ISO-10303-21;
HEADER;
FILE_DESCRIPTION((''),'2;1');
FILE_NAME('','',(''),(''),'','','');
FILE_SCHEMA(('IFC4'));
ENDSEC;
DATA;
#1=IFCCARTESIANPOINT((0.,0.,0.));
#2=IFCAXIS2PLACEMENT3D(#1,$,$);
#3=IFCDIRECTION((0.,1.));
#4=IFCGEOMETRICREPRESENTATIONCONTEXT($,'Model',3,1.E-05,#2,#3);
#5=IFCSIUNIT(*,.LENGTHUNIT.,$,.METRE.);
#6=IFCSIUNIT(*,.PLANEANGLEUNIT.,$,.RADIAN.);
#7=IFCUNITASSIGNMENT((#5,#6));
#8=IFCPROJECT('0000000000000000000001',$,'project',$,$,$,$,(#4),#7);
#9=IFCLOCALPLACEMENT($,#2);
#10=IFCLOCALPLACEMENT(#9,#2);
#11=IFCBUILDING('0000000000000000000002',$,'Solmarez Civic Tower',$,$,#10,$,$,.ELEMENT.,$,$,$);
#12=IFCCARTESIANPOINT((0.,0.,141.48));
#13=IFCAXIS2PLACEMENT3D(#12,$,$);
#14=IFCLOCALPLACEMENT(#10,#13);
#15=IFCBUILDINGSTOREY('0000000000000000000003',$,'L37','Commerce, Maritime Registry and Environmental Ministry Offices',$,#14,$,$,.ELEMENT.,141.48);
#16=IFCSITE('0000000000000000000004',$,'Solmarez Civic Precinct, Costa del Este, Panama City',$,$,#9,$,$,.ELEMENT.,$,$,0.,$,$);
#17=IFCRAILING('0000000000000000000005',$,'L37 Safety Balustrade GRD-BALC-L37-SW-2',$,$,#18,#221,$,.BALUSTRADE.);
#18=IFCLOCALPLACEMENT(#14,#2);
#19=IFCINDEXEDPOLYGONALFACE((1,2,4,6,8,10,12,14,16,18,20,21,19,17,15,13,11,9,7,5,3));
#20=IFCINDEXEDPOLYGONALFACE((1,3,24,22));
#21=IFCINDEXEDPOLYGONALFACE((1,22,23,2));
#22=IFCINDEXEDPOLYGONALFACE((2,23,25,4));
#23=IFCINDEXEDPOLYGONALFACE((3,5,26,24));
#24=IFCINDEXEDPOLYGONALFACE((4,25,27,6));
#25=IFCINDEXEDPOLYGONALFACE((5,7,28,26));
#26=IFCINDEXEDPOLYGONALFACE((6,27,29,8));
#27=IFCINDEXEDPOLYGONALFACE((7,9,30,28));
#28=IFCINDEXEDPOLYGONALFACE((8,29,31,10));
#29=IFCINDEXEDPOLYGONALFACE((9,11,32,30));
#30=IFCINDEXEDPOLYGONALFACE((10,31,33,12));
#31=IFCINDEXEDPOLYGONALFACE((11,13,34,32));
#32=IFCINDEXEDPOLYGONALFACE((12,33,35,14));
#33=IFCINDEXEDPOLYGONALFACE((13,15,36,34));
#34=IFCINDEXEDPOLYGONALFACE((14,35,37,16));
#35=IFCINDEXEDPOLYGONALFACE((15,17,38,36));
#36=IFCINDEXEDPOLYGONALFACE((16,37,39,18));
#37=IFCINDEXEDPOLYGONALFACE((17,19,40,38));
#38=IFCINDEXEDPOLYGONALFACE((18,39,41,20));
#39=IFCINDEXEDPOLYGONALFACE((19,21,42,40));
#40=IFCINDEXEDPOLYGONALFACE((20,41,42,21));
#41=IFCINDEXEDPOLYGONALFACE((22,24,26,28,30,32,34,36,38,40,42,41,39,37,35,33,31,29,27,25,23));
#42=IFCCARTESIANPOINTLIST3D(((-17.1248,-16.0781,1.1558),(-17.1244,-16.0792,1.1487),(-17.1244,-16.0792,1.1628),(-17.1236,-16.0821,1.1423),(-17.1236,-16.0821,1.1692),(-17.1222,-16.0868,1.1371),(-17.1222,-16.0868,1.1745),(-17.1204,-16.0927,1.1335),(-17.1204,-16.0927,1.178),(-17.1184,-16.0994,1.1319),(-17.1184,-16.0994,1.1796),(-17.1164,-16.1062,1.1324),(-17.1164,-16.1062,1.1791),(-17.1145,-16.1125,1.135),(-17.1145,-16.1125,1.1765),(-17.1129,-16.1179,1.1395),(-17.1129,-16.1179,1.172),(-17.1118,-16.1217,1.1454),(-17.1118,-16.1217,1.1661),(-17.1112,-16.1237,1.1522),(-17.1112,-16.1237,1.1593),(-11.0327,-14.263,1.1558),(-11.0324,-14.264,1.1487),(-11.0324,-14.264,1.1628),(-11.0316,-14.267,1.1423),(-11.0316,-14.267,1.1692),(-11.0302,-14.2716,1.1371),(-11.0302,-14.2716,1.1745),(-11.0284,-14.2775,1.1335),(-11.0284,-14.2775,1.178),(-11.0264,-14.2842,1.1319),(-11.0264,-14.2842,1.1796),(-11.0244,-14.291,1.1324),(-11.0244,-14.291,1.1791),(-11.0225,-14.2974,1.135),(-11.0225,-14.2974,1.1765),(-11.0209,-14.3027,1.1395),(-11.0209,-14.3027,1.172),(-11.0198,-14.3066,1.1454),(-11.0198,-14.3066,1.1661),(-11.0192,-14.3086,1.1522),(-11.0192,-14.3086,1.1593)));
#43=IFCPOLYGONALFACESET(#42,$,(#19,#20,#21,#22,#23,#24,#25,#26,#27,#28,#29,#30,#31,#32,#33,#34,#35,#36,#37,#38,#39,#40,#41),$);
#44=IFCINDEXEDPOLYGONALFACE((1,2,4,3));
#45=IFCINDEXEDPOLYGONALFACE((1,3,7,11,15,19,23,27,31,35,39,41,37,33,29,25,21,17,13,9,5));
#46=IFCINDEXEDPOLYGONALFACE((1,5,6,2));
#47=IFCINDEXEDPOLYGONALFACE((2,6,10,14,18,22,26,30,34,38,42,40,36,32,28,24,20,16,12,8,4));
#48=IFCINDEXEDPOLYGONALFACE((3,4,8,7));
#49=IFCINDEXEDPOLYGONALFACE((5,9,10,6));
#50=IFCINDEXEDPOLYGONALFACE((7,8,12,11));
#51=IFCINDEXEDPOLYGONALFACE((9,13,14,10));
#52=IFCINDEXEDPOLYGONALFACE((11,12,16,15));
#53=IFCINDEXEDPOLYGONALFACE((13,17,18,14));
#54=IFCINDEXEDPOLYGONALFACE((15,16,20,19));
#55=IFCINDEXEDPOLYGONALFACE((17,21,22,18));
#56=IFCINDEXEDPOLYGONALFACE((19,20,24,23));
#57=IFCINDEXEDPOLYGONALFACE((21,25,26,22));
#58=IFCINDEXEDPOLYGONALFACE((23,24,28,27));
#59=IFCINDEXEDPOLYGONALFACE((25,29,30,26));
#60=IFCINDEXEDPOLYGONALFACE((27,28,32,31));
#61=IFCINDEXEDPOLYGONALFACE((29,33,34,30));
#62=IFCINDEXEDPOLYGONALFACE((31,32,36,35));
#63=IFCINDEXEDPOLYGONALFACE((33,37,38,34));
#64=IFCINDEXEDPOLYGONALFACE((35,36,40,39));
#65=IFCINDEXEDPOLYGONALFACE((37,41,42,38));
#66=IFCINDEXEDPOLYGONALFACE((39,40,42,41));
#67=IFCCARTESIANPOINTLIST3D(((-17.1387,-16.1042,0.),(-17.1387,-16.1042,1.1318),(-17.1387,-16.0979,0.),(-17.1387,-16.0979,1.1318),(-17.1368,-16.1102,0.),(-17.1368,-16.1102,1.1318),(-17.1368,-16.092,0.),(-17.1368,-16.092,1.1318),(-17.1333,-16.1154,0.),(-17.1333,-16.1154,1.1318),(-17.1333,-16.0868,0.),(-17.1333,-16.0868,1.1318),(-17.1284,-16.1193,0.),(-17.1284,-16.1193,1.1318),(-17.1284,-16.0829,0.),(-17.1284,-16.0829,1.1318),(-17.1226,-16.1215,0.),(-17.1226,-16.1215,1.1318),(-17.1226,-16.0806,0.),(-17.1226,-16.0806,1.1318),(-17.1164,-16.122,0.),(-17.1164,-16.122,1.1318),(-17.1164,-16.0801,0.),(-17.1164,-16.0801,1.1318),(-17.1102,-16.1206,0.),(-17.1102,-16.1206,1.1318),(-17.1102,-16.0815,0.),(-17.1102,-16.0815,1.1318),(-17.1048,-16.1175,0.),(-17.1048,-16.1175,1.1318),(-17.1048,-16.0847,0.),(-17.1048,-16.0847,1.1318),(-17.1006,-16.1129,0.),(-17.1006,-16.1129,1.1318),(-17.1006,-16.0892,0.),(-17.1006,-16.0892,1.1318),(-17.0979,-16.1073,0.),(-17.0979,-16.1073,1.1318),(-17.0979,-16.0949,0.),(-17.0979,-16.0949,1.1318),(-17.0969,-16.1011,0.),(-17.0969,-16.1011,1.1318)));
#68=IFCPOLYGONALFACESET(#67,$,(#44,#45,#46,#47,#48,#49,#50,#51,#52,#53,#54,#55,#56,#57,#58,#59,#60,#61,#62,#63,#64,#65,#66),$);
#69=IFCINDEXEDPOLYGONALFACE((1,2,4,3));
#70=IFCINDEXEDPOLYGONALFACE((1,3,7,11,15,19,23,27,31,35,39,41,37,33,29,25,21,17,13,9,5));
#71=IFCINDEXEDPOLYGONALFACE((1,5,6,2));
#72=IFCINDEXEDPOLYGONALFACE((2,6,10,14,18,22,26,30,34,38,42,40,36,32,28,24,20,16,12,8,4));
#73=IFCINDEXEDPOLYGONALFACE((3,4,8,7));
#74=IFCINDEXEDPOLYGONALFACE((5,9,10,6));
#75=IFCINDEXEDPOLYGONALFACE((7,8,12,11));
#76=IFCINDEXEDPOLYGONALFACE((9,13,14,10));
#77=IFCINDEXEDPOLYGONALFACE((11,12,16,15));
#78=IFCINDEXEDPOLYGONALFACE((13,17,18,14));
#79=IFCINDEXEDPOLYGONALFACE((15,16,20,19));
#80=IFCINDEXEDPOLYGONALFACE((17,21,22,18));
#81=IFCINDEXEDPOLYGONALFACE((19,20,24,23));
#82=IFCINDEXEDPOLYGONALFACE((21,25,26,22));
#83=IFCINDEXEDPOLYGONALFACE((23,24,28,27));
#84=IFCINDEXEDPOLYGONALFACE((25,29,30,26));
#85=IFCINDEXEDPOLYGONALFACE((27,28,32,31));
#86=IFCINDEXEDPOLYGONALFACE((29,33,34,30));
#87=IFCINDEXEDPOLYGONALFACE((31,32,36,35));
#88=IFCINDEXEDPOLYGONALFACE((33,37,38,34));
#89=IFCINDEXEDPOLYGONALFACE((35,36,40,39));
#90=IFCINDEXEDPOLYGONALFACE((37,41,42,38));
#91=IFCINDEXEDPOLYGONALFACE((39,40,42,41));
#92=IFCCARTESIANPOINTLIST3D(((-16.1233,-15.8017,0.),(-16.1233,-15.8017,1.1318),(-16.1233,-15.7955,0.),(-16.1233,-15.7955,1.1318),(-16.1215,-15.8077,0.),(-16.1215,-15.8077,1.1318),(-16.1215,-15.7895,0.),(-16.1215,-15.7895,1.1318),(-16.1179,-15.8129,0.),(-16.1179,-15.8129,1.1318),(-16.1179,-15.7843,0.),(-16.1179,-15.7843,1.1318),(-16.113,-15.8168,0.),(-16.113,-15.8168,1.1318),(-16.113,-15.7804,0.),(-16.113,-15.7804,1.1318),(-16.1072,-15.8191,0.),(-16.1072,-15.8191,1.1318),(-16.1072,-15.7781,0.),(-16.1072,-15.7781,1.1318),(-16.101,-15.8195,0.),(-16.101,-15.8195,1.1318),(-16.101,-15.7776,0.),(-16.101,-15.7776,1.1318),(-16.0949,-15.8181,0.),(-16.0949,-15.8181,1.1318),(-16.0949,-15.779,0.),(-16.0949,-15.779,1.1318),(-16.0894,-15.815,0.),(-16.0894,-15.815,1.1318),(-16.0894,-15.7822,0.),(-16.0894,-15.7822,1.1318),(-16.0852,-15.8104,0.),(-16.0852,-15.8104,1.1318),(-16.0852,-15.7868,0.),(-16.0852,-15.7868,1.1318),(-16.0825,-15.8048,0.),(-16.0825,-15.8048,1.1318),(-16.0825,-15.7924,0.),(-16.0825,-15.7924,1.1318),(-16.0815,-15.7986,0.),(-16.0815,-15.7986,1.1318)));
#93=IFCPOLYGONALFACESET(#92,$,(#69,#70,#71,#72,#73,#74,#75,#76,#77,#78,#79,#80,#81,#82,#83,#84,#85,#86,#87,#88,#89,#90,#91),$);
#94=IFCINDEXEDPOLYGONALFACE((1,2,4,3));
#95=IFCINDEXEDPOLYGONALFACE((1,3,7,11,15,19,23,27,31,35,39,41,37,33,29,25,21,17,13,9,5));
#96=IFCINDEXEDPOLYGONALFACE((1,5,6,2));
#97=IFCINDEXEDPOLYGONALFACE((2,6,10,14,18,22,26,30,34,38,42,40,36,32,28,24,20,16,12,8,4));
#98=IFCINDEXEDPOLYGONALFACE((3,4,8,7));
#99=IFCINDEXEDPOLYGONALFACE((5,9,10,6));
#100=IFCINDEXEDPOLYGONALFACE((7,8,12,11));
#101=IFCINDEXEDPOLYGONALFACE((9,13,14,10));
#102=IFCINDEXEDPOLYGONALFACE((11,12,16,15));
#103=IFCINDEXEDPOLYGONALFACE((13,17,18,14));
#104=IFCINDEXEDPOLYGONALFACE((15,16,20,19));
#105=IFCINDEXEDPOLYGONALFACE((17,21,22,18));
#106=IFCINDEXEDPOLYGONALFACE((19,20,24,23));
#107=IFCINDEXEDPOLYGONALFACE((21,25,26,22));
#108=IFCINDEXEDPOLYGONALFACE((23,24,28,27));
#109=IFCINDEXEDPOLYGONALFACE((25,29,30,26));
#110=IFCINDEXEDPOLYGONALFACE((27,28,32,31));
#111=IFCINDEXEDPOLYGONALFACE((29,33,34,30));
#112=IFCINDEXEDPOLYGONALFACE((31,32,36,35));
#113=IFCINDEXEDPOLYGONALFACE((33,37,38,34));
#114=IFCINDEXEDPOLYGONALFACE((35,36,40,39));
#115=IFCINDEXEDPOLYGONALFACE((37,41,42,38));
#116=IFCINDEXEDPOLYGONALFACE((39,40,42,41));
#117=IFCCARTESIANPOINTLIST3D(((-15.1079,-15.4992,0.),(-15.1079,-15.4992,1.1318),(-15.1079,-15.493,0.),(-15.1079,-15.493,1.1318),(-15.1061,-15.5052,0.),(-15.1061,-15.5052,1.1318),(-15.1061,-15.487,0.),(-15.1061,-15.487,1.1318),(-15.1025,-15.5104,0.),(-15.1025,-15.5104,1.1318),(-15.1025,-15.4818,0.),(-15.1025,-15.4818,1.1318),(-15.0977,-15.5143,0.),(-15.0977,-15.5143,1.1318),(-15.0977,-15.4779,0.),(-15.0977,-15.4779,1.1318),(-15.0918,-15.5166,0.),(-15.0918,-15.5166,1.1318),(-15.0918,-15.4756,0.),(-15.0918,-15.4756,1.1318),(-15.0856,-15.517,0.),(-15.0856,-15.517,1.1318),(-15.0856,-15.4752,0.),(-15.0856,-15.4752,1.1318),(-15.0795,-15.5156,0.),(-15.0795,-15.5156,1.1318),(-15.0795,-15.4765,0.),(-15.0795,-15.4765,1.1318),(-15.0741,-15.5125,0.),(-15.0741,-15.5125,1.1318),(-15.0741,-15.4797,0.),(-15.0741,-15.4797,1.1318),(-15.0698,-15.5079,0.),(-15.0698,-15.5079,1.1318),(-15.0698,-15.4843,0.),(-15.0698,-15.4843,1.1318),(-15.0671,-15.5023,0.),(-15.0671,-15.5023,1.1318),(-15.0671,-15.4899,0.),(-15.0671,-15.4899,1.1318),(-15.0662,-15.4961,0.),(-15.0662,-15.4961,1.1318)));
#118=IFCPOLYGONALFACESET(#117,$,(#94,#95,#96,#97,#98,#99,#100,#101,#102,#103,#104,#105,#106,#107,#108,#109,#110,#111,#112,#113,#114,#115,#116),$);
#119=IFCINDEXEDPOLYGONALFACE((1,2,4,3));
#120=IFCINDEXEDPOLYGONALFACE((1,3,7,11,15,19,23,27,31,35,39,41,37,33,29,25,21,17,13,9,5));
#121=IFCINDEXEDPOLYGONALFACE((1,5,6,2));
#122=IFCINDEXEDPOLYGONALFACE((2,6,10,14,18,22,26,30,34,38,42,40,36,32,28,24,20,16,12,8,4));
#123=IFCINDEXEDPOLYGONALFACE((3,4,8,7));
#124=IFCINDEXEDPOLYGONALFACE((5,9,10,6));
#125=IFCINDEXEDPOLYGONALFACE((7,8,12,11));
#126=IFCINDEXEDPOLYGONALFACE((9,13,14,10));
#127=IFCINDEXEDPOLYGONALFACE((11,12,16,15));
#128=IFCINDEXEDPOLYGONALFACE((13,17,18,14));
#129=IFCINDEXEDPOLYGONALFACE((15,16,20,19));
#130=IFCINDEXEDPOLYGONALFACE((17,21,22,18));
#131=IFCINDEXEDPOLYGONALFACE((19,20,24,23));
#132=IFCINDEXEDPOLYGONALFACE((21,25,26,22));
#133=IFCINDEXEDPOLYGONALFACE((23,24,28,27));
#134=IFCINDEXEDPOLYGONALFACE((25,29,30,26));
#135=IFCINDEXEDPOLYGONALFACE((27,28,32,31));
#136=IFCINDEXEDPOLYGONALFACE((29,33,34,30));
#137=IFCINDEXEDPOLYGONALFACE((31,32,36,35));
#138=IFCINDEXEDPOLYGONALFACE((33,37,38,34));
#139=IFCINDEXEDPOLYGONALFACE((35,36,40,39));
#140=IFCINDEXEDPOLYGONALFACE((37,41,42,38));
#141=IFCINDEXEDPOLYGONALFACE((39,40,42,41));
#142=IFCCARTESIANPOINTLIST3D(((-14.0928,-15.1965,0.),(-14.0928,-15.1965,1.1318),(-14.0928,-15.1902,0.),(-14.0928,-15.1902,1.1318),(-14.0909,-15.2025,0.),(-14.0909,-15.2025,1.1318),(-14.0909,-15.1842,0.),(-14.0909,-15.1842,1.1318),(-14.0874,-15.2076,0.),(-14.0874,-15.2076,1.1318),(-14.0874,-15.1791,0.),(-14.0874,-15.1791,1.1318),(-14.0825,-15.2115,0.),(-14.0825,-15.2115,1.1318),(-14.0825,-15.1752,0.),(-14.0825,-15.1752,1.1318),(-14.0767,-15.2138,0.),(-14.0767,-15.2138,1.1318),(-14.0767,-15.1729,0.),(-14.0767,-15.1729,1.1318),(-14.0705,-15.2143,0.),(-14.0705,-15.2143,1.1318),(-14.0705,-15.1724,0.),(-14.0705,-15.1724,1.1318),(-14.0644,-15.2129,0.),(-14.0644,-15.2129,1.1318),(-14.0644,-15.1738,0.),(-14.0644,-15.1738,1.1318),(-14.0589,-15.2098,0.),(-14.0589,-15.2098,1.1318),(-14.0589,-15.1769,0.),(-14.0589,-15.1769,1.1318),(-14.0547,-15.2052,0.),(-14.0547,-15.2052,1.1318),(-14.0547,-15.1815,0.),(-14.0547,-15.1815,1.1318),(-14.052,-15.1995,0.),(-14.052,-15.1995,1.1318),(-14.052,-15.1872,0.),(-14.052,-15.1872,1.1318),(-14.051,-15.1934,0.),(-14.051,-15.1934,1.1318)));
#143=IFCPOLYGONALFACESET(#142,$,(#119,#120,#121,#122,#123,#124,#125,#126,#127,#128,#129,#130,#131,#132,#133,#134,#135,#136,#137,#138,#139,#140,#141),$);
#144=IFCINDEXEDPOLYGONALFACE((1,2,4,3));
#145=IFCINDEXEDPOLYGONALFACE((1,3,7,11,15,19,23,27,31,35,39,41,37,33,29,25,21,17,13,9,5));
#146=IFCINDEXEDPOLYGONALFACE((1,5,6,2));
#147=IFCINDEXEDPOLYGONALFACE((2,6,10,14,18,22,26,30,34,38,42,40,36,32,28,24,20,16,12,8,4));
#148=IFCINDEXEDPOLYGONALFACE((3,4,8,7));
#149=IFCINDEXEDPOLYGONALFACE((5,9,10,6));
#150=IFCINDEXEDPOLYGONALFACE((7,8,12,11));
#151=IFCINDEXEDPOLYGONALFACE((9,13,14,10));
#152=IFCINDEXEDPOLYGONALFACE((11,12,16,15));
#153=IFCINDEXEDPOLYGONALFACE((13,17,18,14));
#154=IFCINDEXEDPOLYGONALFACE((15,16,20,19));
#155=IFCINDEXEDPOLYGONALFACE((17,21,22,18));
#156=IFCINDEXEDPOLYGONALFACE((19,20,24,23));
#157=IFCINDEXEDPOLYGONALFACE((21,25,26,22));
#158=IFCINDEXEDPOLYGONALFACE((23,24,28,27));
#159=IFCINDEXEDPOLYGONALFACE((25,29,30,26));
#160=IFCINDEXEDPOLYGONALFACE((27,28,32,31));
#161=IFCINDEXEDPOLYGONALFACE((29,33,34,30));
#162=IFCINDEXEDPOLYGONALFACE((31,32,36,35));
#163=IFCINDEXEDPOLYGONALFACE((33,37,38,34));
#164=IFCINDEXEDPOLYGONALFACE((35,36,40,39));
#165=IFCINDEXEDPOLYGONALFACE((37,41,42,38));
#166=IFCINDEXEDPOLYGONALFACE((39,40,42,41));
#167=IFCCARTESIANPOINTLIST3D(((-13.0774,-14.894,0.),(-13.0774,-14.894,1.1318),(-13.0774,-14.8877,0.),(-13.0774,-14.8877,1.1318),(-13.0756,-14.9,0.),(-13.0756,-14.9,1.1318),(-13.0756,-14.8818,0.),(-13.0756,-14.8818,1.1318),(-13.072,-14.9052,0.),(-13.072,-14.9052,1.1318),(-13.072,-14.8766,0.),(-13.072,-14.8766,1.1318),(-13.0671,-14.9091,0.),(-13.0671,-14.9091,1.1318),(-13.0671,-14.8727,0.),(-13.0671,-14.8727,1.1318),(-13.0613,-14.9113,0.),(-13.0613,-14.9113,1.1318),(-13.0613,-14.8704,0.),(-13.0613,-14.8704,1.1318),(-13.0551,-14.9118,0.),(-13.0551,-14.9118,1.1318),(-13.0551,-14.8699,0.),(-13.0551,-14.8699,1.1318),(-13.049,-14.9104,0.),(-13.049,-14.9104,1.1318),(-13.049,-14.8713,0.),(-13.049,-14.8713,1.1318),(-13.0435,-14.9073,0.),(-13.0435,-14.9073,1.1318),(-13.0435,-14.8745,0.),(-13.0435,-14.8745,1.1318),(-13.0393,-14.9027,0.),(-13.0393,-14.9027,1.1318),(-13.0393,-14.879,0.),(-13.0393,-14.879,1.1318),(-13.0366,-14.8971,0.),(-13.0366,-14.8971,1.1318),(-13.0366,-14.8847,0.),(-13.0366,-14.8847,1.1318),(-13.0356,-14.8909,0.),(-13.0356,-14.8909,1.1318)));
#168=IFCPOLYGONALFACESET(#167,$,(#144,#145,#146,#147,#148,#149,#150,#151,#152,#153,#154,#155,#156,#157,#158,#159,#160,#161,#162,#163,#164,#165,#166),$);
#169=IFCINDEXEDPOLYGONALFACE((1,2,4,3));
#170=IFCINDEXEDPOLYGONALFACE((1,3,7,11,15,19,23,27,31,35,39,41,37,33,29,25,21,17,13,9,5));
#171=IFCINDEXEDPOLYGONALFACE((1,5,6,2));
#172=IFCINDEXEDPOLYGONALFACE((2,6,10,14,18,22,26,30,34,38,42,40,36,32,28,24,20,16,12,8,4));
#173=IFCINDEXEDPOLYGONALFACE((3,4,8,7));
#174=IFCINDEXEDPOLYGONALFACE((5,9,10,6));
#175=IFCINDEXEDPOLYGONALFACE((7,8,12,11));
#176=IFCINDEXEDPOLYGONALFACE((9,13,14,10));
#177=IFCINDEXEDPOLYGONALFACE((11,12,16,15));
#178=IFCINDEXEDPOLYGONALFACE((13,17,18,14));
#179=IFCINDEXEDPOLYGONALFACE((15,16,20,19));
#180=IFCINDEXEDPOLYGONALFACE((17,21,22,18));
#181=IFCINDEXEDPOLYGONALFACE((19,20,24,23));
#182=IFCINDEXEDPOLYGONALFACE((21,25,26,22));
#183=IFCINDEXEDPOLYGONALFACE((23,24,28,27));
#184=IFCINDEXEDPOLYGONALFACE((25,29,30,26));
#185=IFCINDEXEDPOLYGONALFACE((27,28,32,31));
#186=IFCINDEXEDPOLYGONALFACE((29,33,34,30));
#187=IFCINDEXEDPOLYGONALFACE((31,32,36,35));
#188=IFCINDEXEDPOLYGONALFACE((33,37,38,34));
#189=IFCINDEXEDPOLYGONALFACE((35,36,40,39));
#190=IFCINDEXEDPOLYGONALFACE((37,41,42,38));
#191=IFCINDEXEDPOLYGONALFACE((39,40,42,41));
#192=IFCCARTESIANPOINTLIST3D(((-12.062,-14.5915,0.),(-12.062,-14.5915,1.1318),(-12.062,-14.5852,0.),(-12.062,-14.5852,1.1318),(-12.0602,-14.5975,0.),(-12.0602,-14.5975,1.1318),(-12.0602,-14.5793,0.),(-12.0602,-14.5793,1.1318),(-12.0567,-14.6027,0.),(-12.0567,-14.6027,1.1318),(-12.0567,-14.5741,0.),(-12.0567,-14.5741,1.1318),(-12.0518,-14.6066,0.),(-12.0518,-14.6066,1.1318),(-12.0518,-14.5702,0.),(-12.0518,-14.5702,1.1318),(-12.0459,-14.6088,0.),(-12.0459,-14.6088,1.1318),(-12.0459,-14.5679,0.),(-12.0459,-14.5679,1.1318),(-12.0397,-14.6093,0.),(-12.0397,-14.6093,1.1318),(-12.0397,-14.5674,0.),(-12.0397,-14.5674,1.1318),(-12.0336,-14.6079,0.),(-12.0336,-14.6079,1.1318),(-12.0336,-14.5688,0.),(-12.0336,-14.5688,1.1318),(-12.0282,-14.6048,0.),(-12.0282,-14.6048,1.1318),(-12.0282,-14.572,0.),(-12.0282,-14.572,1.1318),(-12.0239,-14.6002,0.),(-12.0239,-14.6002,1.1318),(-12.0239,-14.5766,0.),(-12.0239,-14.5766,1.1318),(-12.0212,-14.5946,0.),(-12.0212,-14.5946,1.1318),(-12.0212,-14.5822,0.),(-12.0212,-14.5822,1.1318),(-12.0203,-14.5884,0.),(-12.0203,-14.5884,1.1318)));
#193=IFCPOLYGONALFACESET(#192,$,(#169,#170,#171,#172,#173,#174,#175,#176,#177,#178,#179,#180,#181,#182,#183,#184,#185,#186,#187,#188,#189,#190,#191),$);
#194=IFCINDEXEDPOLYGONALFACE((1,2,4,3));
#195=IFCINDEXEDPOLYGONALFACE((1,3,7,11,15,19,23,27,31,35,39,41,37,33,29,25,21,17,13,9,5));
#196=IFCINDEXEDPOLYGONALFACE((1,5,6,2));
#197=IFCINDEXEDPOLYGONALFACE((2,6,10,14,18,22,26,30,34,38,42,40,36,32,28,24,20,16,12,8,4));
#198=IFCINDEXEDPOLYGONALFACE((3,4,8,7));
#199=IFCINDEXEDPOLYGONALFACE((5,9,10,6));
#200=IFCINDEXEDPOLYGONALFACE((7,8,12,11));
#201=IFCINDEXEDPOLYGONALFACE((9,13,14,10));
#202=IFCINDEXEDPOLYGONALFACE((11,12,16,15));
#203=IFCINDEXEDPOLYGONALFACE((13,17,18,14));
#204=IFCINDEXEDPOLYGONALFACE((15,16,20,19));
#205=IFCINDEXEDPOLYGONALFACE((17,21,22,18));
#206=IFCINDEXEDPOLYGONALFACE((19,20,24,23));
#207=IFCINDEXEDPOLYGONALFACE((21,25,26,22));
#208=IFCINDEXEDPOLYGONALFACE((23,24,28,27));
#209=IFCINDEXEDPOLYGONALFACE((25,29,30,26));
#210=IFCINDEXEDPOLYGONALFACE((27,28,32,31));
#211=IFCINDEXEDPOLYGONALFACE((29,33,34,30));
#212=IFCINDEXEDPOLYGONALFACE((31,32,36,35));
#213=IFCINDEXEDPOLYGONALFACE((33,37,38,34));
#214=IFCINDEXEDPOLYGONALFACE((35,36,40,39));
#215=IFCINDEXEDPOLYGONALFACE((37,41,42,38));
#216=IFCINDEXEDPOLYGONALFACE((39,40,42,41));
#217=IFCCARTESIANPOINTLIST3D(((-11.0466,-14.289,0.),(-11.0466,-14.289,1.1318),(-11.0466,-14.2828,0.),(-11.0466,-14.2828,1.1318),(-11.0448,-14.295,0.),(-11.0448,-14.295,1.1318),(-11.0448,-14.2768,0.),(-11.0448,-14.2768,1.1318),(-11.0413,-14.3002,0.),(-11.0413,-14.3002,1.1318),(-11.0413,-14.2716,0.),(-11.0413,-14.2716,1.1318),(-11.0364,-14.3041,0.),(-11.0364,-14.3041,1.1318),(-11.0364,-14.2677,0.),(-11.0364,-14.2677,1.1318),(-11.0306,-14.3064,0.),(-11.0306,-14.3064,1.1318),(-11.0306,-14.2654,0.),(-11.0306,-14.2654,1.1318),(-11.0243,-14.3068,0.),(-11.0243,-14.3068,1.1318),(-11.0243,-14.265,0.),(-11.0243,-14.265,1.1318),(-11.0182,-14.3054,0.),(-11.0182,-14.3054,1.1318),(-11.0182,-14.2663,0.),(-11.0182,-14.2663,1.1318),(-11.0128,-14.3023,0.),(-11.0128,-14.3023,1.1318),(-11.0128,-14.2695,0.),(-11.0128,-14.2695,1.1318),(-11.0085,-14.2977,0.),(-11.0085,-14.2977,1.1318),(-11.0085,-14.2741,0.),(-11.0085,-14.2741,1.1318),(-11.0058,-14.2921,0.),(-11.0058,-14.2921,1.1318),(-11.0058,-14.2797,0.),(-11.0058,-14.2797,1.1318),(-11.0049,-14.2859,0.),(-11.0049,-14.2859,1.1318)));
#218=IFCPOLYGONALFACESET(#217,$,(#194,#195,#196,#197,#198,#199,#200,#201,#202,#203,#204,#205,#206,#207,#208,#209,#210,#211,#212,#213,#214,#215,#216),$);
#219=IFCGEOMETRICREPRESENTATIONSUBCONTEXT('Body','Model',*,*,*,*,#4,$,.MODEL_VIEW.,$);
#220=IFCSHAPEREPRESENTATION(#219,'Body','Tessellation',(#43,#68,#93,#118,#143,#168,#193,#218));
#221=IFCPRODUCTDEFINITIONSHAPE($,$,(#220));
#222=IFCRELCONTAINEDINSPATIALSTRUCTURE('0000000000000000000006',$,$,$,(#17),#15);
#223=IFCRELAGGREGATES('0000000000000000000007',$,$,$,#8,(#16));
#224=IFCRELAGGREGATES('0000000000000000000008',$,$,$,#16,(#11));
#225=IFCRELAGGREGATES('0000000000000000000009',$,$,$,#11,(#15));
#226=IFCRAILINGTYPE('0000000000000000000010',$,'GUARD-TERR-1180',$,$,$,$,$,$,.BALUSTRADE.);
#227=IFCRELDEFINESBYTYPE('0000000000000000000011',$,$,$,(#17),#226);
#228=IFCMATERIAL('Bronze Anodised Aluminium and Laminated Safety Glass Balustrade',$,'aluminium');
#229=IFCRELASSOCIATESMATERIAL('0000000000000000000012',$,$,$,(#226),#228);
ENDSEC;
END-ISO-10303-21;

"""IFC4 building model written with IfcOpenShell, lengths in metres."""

from ifc_helpers import new_model, si_unit, direction, frame, origin, origin_2d, place, context, subcontext, project, spatial, circle, extrude, material, type_object, element, save


model = new_model("IFC4")

# Units and contexts
model_context = context("Model", 3, precision=1e-05, world=origin(), true_north=direction((0.0, 1.0)))
body_context = subcontext(model_context, "Body", "Model", "MODEL_VIEW")
ifc_project = project(units=[si_unit("LENGTHUNIT", "METRE"), si_unit("PLANEANGLEUNIT", "RADIAN")], contexts=[model_context])

# Site, building, storey
site_placement = place(None, origin())
site = spatial("IfcSite", under=ifc_project, at=site_placement, Name="Solmarez Civic Precinct, Costa del Este, Panama City", CompositionType="ELEMENT", RefElevation=0.0)
building_placement = place(site_placement, origin())
building = spatial("IfcBuilding", under=site, at=building_placement, Name="Solmarez Civic Tower", CompositionType="ELEMENT")
storey_placement = place(building_placement, frame((0.0, 0.0, 141.48)))
storey = spatial("IfcBuildingStorey", under=building, at=storey_placement, Name="L37", Description="Commerce, Maritime Registry and Environmental Ministry Offices", CompositionType="ELEMENT", Elevation=141.48)

# Railing
ifc_material_1 = material(Name="Bronze Anodised Aluminium and Laminated Safety Glass Balustrade", Category="aluminium")
railing_type = type_object("IfcRailingType", Name="GUARD-TERR-1180", PredefinedType="BALUSTRADE", material=ifc_material_1)
railing_1_placement = place(storey_placement, frame((-17.1179, -16.1011, 0.0)))
element("IfcRailing", 1, at=railing_1_placement, inside=storey, type_object=railing_type, Name="L37 Safety Balustrade GRD-BALC-L37-SW-2", PredefinedType="BALUSTRADE", context=body_context, shape_type="SweptSolid", body=[
    extrude(circle(Radius=0.0239, at=origin_2d()), frame((0.0, 0.0, 1.1558), z_axis=(0.958363, 0.285554, 0.0), x_axis=(-0.285554, 0.958363, 0.0)), (0.0, 0.0, 1.0), 6.3567),
    extrude(circle(Radius=0.021, at=origin_2d()), origin(), (0.0, 0.0, 1.0), 1.1318),
    extrude(circle(Radius=0.021, at=origin_2d()), frame((1.0154, 0.3025, 0.0)), (0.0, 0.0, 1.0), 1.1318),
    extrude(circle(Radius=0.021, at=origin_2d()), frame((2.0308, 0.605, 0.0)), (0.0, 0.0, 1.0), 1.1318),
    extrude(circle(Radius=0.021, at=origin_2d()), frame((3.0459, 0.9077, 0.0)), (0.0, 0.0, 1.0), 1.1318),
    extrude(circle(Radius=0.021, at=origin_2d()), frame((4.0613, 1.2102, 0.0)), (0.0, 0.0, 1.0), 1.1318),
    extrude(circle(Radius=0.021, at=origin_2d()), frame((5.0767, 1.5127, 0.0)), (0.0, 0.0, 1.0), 1.1318),
    extrude(circle(Radius=0.021, at=origin_2d()), frame((6.092, 1.8152, 0.0)), (0.0, 0.0, 1.0), 1.1318),
])

save(model, "model.ifc")
